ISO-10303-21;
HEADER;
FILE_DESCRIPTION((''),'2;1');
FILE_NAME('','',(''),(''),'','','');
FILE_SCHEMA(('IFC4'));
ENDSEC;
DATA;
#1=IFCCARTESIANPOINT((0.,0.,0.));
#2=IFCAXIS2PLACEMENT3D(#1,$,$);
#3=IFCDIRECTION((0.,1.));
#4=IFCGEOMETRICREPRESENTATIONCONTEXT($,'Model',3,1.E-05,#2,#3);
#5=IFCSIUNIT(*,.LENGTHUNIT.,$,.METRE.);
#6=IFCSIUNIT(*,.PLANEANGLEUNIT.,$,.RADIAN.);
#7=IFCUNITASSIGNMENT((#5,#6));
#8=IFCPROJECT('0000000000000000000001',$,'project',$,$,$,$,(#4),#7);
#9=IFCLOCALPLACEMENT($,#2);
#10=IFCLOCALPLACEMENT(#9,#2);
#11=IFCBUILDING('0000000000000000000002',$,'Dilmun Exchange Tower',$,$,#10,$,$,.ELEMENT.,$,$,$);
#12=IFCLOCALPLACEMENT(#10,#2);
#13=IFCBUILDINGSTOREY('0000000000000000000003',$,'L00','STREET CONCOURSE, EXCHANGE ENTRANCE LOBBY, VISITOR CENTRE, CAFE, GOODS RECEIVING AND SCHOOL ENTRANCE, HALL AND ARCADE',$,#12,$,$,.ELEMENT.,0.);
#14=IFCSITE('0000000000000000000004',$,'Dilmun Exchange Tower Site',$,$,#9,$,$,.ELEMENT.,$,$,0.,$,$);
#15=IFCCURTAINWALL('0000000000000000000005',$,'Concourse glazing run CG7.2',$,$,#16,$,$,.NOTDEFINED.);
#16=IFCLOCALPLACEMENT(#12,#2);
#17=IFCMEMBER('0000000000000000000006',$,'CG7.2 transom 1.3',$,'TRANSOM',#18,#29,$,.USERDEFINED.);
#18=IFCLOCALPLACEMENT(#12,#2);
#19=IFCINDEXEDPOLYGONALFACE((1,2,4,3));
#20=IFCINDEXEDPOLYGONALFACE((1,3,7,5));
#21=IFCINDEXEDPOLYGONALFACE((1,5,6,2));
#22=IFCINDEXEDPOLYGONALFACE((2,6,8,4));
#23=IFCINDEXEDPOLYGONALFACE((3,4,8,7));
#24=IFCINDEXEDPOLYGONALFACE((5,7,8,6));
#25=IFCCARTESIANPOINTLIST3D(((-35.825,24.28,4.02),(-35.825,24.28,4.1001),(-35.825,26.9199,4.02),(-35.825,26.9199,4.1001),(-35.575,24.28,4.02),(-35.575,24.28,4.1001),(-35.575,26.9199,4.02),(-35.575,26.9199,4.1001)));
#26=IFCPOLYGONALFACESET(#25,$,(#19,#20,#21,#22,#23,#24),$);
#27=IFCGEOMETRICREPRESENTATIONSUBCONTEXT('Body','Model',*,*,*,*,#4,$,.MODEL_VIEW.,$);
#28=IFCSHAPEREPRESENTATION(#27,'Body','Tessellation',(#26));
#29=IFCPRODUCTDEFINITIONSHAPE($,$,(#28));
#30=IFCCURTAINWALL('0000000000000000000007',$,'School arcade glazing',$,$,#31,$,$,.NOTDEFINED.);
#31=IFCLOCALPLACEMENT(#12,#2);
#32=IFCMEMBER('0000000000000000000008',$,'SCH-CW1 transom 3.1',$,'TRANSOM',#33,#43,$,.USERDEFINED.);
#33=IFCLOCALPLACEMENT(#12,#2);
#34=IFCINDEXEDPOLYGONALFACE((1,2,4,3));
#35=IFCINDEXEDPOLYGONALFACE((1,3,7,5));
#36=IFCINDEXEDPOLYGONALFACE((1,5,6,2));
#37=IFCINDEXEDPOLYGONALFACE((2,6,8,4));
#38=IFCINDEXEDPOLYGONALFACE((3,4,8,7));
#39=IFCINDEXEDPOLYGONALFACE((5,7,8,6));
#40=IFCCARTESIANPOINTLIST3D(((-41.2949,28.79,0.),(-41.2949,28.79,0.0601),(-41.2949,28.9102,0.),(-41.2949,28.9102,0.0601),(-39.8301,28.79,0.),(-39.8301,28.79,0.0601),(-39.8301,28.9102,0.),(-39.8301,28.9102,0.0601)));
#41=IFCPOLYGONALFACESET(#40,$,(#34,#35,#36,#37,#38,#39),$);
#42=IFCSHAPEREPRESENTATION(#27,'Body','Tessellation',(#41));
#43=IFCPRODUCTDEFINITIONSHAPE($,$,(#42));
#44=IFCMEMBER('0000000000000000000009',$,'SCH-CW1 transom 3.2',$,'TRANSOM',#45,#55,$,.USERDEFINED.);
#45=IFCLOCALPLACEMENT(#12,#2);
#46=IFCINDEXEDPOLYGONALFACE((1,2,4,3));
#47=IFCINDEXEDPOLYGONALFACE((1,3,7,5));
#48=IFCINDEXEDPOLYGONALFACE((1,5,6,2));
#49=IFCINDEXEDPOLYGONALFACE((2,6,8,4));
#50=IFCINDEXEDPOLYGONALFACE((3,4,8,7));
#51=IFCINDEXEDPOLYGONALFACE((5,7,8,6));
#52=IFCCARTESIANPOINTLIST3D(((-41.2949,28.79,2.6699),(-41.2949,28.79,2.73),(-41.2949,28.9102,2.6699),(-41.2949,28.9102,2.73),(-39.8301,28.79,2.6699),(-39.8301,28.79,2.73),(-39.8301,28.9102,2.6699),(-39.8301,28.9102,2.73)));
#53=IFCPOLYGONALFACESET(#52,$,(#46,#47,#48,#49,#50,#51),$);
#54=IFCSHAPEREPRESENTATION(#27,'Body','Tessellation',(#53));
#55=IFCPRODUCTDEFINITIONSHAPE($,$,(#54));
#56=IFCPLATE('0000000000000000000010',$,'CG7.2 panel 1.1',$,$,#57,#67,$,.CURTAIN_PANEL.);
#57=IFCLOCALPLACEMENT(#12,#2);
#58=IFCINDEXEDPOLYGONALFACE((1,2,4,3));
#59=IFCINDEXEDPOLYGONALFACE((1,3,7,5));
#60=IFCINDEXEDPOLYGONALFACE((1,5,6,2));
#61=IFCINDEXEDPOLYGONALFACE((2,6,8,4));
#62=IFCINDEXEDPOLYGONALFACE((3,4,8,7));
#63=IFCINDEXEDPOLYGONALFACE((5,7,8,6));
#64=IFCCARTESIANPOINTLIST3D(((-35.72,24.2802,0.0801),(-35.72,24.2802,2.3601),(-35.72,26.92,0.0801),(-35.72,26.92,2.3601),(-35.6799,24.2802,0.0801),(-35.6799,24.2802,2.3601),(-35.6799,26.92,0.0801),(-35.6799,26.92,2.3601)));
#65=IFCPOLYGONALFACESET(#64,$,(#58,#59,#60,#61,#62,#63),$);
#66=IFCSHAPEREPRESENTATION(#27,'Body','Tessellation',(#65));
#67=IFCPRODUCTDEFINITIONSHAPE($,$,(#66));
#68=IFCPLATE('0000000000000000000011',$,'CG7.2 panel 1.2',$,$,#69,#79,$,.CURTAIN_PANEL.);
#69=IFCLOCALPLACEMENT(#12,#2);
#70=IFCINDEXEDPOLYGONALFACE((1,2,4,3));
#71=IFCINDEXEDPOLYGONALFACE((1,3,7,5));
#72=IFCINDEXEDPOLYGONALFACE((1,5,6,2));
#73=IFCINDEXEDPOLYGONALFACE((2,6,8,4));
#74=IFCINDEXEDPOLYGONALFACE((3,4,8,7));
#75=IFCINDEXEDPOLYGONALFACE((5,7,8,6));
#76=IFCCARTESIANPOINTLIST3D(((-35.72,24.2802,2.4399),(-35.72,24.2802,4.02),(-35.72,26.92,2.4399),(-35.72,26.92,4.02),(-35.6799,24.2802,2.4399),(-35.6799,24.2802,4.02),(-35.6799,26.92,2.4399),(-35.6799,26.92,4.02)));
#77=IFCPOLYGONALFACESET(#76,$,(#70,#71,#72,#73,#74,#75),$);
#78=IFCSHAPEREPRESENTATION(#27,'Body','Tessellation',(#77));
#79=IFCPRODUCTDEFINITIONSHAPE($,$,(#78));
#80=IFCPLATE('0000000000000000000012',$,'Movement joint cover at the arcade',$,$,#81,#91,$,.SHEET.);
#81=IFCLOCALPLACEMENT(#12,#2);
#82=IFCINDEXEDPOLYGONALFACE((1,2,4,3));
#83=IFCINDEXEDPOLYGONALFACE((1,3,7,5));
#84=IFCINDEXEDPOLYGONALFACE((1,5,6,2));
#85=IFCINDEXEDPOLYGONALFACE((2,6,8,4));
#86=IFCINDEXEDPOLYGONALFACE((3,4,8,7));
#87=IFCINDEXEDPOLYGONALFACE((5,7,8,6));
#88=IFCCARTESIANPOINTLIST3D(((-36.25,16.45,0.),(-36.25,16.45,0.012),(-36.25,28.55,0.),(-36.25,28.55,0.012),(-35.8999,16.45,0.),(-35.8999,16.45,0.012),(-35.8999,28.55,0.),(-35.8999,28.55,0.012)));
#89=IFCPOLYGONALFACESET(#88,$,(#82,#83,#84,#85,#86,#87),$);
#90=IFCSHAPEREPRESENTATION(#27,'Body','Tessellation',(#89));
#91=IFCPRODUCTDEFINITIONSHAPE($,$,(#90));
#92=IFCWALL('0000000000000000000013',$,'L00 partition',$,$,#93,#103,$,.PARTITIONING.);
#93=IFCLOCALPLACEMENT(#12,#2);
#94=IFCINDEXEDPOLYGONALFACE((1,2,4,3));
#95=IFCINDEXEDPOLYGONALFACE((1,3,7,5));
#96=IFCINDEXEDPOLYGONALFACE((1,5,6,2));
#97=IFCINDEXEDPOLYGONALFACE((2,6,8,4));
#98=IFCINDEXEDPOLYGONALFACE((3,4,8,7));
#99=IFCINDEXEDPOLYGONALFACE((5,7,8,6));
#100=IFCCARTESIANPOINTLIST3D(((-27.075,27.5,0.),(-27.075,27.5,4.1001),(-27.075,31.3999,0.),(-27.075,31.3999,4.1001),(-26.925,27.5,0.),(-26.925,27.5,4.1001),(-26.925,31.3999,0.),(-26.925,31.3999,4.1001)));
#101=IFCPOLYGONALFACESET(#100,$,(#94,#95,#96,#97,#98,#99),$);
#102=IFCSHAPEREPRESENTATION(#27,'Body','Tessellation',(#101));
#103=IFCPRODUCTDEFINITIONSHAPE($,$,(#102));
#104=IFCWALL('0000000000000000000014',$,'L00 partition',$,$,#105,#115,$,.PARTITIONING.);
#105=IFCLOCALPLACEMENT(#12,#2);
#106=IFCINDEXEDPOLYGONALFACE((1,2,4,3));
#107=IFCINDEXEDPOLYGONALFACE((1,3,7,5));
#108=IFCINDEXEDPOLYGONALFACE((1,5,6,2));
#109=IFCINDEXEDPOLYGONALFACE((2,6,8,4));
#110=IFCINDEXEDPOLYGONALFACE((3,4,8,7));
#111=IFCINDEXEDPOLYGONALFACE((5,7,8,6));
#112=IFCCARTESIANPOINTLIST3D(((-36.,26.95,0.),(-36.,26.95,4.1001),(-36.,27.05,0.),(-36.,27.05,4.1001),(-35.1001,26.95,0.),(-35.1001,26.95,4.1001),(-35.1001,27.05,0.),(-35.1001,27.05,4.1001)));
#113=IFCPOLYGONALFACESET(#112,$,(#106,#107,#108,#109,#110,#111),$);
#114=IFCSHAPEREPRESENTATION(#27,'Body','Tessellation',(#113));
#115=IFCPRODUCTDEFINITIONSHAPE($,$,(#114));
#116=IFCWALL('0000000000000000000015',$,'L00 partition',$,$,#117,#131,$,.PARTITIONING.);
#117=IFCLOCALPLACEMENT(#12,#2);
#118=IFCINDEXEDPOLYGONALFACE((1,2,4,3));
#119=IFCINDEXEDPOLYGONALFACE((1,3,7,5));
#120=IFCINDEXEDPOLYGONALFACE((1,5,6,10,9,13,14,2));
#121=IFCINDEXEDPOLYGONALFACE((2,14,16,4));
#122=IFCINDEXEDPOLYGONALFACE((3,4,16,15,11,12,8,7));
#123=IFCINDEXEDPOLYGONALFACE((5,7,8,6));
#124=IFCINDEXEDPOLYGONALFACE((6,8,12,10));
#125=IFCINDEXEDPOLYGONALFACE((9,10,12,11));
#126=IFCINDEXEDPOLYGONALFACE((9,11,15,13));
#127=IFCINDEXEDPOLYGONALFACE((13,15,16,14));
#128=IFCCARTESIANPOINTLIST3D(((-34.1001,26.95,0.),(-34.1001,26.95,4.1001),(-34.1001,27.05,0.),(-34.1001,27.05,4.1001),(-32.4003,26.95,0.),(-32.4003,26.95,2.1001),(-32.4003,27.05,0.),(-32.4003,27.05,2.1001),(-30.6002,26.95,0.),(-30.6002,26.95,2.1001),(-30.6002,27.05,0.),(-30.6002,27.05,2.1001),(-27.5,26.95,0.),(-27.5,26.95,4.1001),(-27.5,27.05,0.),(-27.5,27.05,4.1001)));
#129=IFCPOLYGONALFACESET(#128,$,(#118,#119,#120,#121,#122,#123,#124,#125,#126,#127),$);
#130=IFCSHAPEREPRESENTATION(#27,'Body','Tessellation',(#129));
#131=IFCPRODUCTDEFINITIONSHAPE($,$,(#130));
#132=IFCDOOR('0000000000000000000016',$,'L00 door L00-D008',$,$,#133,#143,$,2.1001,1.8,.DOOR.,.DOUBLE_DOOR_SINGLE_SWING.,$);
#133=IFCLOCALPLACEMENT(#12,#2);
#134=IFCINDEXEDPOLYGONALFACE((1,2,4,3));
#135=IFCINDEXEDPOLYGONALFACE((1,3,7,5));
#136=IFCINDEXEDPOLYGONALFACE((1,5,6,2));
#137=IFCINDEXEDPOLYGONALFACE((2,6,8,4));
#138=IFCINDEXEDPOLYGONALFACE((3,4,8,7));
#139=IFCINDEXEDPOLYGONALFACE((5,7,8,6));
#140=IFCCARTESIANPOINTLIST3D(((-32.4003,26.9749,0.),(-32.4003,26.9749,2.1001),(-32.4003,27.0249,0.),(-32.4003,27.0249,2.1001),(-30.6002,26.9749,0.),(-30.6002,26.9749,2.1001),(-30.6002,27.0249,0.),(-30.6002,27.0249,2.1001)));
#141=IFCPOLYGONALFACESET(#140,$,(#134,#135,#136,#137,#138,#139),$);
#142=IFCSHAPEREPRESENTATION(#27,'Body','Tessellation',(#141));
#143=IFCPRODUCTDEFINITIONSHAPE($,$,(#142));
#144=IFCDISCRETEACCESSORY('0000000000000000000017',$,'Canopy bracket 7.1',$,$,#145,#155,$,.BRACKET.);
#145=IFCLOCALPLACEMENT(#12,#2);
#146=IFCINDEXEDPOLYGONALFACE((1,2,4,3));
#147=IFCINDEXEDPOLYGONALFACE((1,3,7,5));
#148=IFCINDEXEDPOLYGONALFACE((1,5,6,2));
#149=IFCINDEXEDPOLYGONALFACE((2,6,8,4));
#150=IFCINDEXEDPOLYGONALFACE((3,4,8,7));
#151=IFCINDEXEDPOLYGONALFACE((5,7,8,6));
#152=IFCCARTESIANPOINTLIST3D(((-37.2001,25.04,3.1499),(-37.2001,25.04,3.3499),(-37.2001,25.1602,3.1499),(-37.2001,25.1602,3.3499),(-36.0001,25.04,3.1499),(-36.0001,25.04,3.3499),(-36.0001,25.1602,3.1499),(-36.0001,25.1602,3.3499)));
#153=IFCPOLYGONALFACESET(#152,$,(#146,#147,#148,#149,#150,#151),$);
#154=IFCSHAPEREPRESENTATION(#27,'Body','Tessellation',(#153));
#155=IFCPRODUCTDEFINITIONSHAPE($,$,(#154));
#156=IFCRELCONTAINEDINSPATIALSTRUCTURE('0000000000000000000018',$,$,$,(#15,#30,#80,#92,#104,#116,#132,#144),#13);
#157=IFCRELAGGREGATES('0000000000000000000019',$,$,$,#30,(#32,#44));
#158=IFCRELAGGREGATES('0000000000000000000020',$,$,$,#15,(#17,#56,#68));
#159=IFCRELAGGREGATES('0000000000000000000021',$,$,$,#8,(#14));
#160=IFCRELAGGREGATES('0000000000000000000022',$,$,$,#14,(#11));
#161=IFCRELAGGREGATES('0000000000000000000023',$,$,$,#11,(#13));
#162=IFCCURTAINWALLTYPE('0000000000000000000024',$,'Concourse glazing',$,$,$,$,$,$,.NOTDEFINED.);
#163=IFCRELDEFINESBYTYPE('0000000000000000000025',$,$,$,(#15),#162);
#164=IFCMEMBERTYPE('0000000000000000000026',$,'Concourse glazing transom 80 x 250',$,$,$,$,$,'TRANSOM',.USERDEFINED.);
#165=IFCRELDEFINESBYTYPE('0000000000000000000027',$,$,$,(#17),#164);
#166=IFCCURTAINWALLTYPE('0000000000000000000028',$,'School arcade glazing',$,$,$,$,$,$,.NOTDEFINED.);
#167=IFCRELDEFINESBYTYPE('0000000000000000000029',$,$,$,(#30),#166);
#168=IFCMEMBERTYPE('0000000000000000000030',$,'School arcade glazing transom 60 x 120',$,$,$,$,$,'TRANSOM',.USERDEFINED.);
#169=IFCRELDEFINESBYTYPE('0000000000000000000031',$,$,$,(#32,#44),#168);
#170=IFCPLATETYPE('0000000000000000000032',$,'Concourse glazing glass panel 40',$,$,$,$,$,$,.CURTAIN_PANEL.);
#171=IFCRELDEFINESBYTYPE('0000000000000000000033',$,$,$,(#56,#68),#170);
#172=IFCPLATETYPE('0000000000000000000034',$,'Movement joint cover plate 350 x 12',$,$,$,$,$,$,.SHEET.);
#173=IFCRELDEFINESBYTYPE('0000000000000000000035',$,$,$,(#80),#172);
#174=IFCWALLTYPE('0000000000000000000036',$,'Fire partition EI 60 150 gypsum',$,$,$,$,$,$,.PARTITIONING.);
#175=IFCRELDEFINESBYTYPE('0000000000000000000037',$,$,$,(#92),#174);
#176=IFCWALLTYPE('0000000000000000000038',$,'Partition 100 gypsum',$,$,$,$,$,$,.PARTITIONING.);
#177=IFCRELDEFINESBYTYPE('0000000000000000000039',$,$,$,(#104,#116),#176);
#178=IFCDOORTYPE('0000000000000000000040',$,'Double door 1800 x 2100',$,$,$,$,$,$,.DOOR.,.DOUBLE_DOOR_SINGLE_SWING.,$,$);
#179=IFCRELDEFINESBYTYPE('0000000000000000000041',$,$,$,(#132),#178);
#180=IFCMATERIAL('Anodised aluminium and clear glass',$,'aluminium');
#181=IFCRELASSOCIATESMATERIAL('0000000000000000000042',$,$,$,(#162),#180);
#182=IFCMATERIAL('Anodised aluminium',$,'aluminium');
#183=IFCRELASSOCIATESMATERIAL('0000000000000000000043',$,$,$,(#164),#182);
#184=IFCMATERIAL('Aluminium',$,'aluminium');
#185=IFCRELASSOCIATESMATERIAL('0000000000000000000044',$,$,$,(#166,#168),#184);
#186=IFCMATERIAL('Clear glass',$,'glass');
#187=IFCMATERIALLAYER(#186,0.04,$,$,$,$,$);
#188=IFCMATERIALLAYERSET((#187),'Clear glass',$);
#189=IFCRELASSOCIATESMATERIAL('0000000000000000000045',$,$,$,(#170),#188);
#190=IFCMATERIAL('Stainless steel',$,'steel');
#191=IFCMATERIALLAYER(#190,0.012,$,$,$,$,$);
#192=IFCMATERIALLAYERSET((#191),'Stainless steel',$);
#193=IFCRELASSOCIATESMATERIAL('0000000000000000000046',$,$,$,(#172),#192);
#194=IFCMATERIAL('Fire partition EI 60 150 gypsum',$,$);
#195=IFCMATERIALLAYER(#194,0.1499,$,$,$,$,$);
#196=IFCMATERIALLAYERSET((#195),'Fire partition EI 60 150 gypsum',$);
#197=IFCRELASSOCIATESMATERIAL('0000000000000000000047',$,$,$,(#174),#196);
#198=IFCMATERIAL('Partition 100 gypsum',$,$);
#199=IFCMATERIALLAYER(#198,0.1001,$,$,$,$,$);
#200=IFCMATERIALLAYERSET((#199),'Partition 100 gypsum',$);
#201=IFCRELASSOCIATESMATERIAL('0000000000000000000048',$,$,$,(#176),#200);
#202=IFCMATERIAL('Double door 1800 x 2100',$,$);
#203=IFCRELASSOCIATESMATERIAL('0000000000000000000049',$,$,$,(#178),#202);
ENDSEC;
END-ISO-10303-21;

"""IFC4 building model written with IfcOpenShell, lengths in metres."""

from ifc_helpers import new_model, si_unit, direction, frame, frame_2d, origin, origin_2d, place, context, subcontext, project, spatial, rectangle, extrude, material, layer, layer_set, material_profile, profile_set, type_object, element, fill, aggregate, save


model = new_model("IFC4")

# Units and contexts
model_context = context("Model", 3, precision=1e-05, world=origin(), true_north=direction((0.0, 1.0)))
body_context = subcontext(model_context, "Body", "Model", "MODEL_VIEW")
ifc_project = project(units=[si_unit("LENGTHUNIT", "METRE"), si_unit("PLANEANGLEUNIT", "RADIAN")], contexts=[model_context])

# Site, building, storey
site_placement = place(None, origin())
site = spatial("IfcSite", under=ifc_project, at=site_placement, Name="Dilmun Exchange Tower Site", CompositionType="ELEMENT", RefElevation=0.0)
building_placement = place(site_placement, origin())
building = spatial("IfcBuilding", under=site, at=building_placement, Name="Dilmun Exchange Tower", CompositionType="ELEMENT")
storey_placement = place(building_placement, origin())
storey = spatial("IfcBuildingStorey", under=building, at=storey_placement, Name="L00", Description="STREET CONCOURSE, EXCHANGE ENTRANCE LOBBY, VISITOR CENTRE, CAFE, GOODS RECEIVING AND SCHOOL ENTRANCE, HALL AND ARCADE", CompositionType="ELEMENT", Elevation=0.0)

# Curtain walls, members
ifc_material_1 = material(Name="Anodised aluminium and clear glass", Category="aluminium")
curtain_wall_type_1 = type_object("IfcCurtainWallType", Name="Concourse glazing", PredefinedType="NOTDEFINED", material=ifc_material_1)
curtain_wall_1_placement = place(storey_placement, origin())
curtain_wall_1 = element("IfcCurtainWall", 1, at=curtain_wall_1_placement, inside=storey, type_object=curtain_wall_type_1, Name="Concourse glazing run CG7.2", PredefinedType="NOTDEFINED")
ifc_material_2 = material(Name="Anodised aluminium", Category="aluminium")
ifc_material_profile_1 = material_profile(ifc_material_2, rectangle(XDim=0.25, YDim=0.0801, at=origin_2d()), Name="AL 80x250")
ifc_profile_set_1 = profile_set([ifc_material_profile_1], Name="Anodised aluminium")
member_type_1 = type_object("IfcMemberType", Name="Concourse glazing transom 80 x 250", ElementType="TRANSOM", PredefinedType="USERDEFINED", material=ifc_profile_set_1)
member_1_placement = place(storey_placement, frame((-35.7, 26.9199, 4.0601), z_axis=(0.0, -1.0, 0.0), x_axis=(1.0, 0.0, 0.0)))
member_1 = element("IfcMember", 2, at=member_1_placement, type_object=member_type_1, Name="CG7.2 transom 1.3", ObjectType="TRANSOM", PredefinedType="USERDEFINED", context=body_context, shape_type="SweptSolid", body=[
    extrude(rectangle(XDim=0.25, YDim=0.0801, at=origin_2d()), origin(), (0.0, 0.0, 1.0), 2.6399),
])
ifc_material_3 = material(Name="Aluminium", Category="aluminium")
curtain_wall_type_2 = type_object("IfcCurtainWallType", Name="School arcade glazing", PredefinedType="NOTDEFINED", material=ifc_material_3)
curtain_wall_2_placement = place(storey_placement, origin())
curtain_wall_2 = element("IfcCurtainWall", 3, at=curtain_wall_2_placement, inside=storey, type_object=curtain_wall_type_2, Name="School arcade glazing", PredefinedType="NOTDEFINED")
ifc_material_profile_2 = material_profile(ifc_material_3, rectangle(XDim=0.1201, YDim=0.0601, at=origin_2d()), Name="60 x 120")
ifc_profile_set_2 = profile_set([ifc_material_profile_2], Name="Aluminium")
member_type_2 = type_object("IfcMemberType", Name="School arcade glazing transom 60 x 120", ElementType="TRANSOM", PredefinedType="USERDEFINED", material=ifc_profile_set_2)
member_2_placement = place(storey_placement, frame((-39.8301, 28.8501, 0.03), z_axis=(-1.0, 0.0, 0.0), x_axis=(0.0, -1.0, 0.0)))
member_2 = element("IfcMember", 4, at=member_2_placement, type_object=member_type_2, Name="SCH-CW1 transom 3.1", ObjectType="TRANSOM", PredefinedType="USERDEFINED", context=body_context, shape_type="SweptSolid", body=[
    extrude(rectangle(XDim=0.1201, YDim=0.0601, at=origin_2d()), origin(), (0.0, 0.0, 1.0), 1.4648),
])
member_3_placement = place(storey_placement, frame((-39.8301, 28.8501, 2.7), z_axis=(-1.0, 0.0, 0.0), x_axis=(0.0, -1.0, 0.0)))
member_3 = element("IfcMember", 5, at=member_3_placement, type_object=member_type_2, Name="SCH-CW1 transom 3.2", ObjectType="TRANSOM", PredefinedType="USERDEFINED", context=body_context, shape_type="SweptSolid", body=[
    extrude(rectangle(XDim=0.1201, YDim=0.0601, at=origin_2d()), origin(), (0.0, 0.0, 1.0), 1.4648),
])
aggregate(curtain_wall_2, [member_2, member_3])

# Plates
ifc_material_4 = material(Name="Clear glass", Category="glass")
ifc_layer_1 = layer(ifc_material_4, 0.04)
ifc_layer_set_1 = layer_set([ifc_layer_1], Name="Clear glass")
plate_type_1 = type_object("IfcPlateType", Name="Concourse glazing glass panel 40", PredefinedType="CURTAIN_PANEL", material=ifc_layer_set_1)
plate_1_placement = place(storey_placement, frame((-35.7, 25.6001, 0.0801), z_axis=(0.0, 0.0, 1.0), x_axis=(0.0, -1.0, 0.0)))
plate_1 = element("IfcPlate", 6, at=plate_1_placement, type_object=plate_type_1, Name="CG7.2 panel 1.1", PredefinedType="CURTAIN_PANEL", context=body_context, shape_type="SweptSolid", body=[
    extrude(rectangle(XDim=2.6399, YDim=0.04, at=origin_2d()), origin(), (0.0, 0.0, 1.0), 2.28),
])
plate_2_placement = place(storey_placement, frame((-35.7, 25.6001, 2.4399), z_axis=(0.0, 0.0, 1.0), x_axis=(0.0, -1.0, 0.0)))
plate_2 = element("IfcPlate", 7, at=plate_2_placement, type_object=plate_type_1, Name="CG7.2 panel 1.2", PredefinedType="CURTAIN_PANEL", context=body_context, shape_type="SweptSolid", body=[
    extrude(rectangle(XDim=2.6399, YDim=0.04, at=origin_2d()), origin(), (0.0, 0.0, 1.0), 1.5801),
])
aggregate(curtain_wall_1, [member_1, plate_1, plate_2])
ifc_material_5 = material(Name="Stainless steel", Category="steel")
ifc_layer_2 = layer(ifc_material_5, 0.012)
ifc_layer_set_2 = layer_set([ifc_layer_2], Name="Stainless steel")
plate_type_2 = type_object("IfcPlateType", Name="Movement joint cover plate 350 x 12", PredefinedType="SHEET", material=ifc_layer_set_2)
plate_3_placement = place(storey_placement, frame((-36.075, 22.5, 0.0), z_axis=(0.0, 0.0, 1.0), x_axis=(1.0, 0.0, 0.0)))
element("IfcPlate", 8, at=plate_3_placement, inside=storey, type_object=plate_type_2, Name="Movement joint cover at the arcade", PredefinedType="SHEET", context=body_context, shape_type="SweptSolid", body=[
    extrude(rectangle(XDim=0.3501, YDim=12.1001, at=origin_2d()), origin(), (0.0, 0.0, 1.0), 0.012),
])

# Walls
ifc_material_6 = material(Name="Fire partition EI 60 150 gypsum")
ifc_layer_3 = layer(ifc_material_6, 0.1499)
ifc_layer_set_3 = layer_set([ifc_layer_3], Name="Fire partition EI 60 150 gypsum")
wall_type_1 = type_object("IfcWallType", Name="Fire partition EI 60 150 gypsum", PredefinedType="PARTITIONING", material=ifc_layer_set_3)
wall_1_placement = place(storey_placement, frame((-27.0, 27.5, 0.0), z_axis=(0.0, 0.0, 1.0), x_axis=(0.0, 1.0, 0.0)))
element("IfcWall", 9, at=wall_1_placement, inside=storey, type_object=wall_type_1, Name="L00 partition", PredefinedType="PARTITIONING", context=body_context, shape_type="SweptSolid", body=[
    extrude(rectangle(XDim=3.8999, YDim=0.1499, at=frame_2d((1.95, 0.0))), origin(), (0.0, 0.0, 1.0), 4.1001),
])
ifc_material_7 = material(Name="Partition 100 gypsum")
ifc_layer_4 = layer(ifc_material_7, 0.1001)
ifc_layer_set_4 = layer_set([ifc_layer_4], Name="Partition 100 gypsum")
wall_type_2 = type_object("IfcWallType", Name="Partition 100 gypsum", PredefinedType="PARTITIONING", material=ifc_layer_set_4)
wall_2_placement = place(storey_placement, frame((-36.0, 27.0, 0.0), z_axis=(0.0, 0.0, 1.0), x_axis=(1.0, 0.0, 0.0)))
element("IfcWall", 10, at=wall_2_placement, inside=storey, type_object=wall_type_2, Name="L00 partition", PredefinedType="PARTITIONING", context=body_context, shape_type="SweptSolid", body=[
    extrude(rectangle(XDim=0.8999, YDim=0.1001, at=frame_2d((0.45, 0.0))), origin(), (0.0, 0.0, 1.0), 4.1001),
])

# Wall, opening, door
wall_3_placement = place(storey_placement, frame((-34.1001, 27.0, 0.0), z_axis=(0.0, 0.0, 1.0), x_axis=(1.0, 0.0, 0.0)))
wall_3 = element("IfcWall", 11, at=wall_3_placement, inside=storey, type_object=wall_type_2, Name="L00 partition", PredefinedType="PARTITIONING", context=body_context, shape_type="SweptSolid", body=[
    extrude(rectangle(XDim=6.6001, YDim=0.1001, at=frame_2d((3.3, 0.0))), origin(), (0.0, 0.0, 1.0), 4.1001),
])
opening_placement = place(wall_3_placement, frame((1.7, 0.0, 0.0)))
opening = element("IfcOpeningElement", 12, at=opening_placement, cuts=wall_3, PredefinedType="OPENING", context=body_context, shape_type="SweptSolid", body=[
    extrude(rectangle(XDim=1.8, YDim=2.1001, at=frame_2d((0.8999, 1.05))), frame((0.0, 0.0601, 0.0), z_axis=(0.0, -1.0, 0.0), x_axis=(1.0, 0.0, 0.0)), (0.0, 0.0, 1.0), 0.1201),
])
ifc_material_8 = material(Name="Double door 1800 x 2100")
door_type = type_object("IfcDoorType", Name="Double door 1800 x 2100", OperationType="DOUBLE_DOOR_SINGLE_SWING", PredefinedType="DOOR", material=ifc_material_8)
door_placement = place(opening_placement, origin())
door = element("IfcDoor", 13, at=door_placement, inside=storey, type_object=door_type, Name="L00 door L00-D008", OperationType="DOUBLE_DOOR_SINGLE_SWING", OverallHeight=2.1001, OverallWidth=1.8, PredefinedType="DOOR", context=body_context, shape_type="SweptSolid", body=[
    extrude(rectangle(XDim=1.8, YDim=2.1001, at=frame_2d((0.8999, 1.05))), frame((0.0, 0.0249, 0.0), z_axis=(0.0, -1.0, 0.0), x_axis=(1.0, 0.0, 0.0)), (0.0, 0.0, 1.0), 0.05),
])
fill(opening, door)

# Discrete accessory
discrete_accessory_placement = place(storey_placement, frame((-36.6001, 25.1001, 3.1499), z_axis=(0.0, 0.0, 1.0), x_axis=(-1.0, 0.0, 0.0)))
element("IfcDiscreteAccessory", 14, at=discrete_accessory_placement, inside=storey, Name="Canopy bracket 7.1", PredefinedType="BRACKET", context=body_context, shape_type="SweptSolid", body=[
    extrude(rectangle(XDim=1.2, YDim=0.1201, at=origin_2d()), origin(), (0.0, 0.0, 1.0), 0.2),
])

save(model, "model.ifc")
